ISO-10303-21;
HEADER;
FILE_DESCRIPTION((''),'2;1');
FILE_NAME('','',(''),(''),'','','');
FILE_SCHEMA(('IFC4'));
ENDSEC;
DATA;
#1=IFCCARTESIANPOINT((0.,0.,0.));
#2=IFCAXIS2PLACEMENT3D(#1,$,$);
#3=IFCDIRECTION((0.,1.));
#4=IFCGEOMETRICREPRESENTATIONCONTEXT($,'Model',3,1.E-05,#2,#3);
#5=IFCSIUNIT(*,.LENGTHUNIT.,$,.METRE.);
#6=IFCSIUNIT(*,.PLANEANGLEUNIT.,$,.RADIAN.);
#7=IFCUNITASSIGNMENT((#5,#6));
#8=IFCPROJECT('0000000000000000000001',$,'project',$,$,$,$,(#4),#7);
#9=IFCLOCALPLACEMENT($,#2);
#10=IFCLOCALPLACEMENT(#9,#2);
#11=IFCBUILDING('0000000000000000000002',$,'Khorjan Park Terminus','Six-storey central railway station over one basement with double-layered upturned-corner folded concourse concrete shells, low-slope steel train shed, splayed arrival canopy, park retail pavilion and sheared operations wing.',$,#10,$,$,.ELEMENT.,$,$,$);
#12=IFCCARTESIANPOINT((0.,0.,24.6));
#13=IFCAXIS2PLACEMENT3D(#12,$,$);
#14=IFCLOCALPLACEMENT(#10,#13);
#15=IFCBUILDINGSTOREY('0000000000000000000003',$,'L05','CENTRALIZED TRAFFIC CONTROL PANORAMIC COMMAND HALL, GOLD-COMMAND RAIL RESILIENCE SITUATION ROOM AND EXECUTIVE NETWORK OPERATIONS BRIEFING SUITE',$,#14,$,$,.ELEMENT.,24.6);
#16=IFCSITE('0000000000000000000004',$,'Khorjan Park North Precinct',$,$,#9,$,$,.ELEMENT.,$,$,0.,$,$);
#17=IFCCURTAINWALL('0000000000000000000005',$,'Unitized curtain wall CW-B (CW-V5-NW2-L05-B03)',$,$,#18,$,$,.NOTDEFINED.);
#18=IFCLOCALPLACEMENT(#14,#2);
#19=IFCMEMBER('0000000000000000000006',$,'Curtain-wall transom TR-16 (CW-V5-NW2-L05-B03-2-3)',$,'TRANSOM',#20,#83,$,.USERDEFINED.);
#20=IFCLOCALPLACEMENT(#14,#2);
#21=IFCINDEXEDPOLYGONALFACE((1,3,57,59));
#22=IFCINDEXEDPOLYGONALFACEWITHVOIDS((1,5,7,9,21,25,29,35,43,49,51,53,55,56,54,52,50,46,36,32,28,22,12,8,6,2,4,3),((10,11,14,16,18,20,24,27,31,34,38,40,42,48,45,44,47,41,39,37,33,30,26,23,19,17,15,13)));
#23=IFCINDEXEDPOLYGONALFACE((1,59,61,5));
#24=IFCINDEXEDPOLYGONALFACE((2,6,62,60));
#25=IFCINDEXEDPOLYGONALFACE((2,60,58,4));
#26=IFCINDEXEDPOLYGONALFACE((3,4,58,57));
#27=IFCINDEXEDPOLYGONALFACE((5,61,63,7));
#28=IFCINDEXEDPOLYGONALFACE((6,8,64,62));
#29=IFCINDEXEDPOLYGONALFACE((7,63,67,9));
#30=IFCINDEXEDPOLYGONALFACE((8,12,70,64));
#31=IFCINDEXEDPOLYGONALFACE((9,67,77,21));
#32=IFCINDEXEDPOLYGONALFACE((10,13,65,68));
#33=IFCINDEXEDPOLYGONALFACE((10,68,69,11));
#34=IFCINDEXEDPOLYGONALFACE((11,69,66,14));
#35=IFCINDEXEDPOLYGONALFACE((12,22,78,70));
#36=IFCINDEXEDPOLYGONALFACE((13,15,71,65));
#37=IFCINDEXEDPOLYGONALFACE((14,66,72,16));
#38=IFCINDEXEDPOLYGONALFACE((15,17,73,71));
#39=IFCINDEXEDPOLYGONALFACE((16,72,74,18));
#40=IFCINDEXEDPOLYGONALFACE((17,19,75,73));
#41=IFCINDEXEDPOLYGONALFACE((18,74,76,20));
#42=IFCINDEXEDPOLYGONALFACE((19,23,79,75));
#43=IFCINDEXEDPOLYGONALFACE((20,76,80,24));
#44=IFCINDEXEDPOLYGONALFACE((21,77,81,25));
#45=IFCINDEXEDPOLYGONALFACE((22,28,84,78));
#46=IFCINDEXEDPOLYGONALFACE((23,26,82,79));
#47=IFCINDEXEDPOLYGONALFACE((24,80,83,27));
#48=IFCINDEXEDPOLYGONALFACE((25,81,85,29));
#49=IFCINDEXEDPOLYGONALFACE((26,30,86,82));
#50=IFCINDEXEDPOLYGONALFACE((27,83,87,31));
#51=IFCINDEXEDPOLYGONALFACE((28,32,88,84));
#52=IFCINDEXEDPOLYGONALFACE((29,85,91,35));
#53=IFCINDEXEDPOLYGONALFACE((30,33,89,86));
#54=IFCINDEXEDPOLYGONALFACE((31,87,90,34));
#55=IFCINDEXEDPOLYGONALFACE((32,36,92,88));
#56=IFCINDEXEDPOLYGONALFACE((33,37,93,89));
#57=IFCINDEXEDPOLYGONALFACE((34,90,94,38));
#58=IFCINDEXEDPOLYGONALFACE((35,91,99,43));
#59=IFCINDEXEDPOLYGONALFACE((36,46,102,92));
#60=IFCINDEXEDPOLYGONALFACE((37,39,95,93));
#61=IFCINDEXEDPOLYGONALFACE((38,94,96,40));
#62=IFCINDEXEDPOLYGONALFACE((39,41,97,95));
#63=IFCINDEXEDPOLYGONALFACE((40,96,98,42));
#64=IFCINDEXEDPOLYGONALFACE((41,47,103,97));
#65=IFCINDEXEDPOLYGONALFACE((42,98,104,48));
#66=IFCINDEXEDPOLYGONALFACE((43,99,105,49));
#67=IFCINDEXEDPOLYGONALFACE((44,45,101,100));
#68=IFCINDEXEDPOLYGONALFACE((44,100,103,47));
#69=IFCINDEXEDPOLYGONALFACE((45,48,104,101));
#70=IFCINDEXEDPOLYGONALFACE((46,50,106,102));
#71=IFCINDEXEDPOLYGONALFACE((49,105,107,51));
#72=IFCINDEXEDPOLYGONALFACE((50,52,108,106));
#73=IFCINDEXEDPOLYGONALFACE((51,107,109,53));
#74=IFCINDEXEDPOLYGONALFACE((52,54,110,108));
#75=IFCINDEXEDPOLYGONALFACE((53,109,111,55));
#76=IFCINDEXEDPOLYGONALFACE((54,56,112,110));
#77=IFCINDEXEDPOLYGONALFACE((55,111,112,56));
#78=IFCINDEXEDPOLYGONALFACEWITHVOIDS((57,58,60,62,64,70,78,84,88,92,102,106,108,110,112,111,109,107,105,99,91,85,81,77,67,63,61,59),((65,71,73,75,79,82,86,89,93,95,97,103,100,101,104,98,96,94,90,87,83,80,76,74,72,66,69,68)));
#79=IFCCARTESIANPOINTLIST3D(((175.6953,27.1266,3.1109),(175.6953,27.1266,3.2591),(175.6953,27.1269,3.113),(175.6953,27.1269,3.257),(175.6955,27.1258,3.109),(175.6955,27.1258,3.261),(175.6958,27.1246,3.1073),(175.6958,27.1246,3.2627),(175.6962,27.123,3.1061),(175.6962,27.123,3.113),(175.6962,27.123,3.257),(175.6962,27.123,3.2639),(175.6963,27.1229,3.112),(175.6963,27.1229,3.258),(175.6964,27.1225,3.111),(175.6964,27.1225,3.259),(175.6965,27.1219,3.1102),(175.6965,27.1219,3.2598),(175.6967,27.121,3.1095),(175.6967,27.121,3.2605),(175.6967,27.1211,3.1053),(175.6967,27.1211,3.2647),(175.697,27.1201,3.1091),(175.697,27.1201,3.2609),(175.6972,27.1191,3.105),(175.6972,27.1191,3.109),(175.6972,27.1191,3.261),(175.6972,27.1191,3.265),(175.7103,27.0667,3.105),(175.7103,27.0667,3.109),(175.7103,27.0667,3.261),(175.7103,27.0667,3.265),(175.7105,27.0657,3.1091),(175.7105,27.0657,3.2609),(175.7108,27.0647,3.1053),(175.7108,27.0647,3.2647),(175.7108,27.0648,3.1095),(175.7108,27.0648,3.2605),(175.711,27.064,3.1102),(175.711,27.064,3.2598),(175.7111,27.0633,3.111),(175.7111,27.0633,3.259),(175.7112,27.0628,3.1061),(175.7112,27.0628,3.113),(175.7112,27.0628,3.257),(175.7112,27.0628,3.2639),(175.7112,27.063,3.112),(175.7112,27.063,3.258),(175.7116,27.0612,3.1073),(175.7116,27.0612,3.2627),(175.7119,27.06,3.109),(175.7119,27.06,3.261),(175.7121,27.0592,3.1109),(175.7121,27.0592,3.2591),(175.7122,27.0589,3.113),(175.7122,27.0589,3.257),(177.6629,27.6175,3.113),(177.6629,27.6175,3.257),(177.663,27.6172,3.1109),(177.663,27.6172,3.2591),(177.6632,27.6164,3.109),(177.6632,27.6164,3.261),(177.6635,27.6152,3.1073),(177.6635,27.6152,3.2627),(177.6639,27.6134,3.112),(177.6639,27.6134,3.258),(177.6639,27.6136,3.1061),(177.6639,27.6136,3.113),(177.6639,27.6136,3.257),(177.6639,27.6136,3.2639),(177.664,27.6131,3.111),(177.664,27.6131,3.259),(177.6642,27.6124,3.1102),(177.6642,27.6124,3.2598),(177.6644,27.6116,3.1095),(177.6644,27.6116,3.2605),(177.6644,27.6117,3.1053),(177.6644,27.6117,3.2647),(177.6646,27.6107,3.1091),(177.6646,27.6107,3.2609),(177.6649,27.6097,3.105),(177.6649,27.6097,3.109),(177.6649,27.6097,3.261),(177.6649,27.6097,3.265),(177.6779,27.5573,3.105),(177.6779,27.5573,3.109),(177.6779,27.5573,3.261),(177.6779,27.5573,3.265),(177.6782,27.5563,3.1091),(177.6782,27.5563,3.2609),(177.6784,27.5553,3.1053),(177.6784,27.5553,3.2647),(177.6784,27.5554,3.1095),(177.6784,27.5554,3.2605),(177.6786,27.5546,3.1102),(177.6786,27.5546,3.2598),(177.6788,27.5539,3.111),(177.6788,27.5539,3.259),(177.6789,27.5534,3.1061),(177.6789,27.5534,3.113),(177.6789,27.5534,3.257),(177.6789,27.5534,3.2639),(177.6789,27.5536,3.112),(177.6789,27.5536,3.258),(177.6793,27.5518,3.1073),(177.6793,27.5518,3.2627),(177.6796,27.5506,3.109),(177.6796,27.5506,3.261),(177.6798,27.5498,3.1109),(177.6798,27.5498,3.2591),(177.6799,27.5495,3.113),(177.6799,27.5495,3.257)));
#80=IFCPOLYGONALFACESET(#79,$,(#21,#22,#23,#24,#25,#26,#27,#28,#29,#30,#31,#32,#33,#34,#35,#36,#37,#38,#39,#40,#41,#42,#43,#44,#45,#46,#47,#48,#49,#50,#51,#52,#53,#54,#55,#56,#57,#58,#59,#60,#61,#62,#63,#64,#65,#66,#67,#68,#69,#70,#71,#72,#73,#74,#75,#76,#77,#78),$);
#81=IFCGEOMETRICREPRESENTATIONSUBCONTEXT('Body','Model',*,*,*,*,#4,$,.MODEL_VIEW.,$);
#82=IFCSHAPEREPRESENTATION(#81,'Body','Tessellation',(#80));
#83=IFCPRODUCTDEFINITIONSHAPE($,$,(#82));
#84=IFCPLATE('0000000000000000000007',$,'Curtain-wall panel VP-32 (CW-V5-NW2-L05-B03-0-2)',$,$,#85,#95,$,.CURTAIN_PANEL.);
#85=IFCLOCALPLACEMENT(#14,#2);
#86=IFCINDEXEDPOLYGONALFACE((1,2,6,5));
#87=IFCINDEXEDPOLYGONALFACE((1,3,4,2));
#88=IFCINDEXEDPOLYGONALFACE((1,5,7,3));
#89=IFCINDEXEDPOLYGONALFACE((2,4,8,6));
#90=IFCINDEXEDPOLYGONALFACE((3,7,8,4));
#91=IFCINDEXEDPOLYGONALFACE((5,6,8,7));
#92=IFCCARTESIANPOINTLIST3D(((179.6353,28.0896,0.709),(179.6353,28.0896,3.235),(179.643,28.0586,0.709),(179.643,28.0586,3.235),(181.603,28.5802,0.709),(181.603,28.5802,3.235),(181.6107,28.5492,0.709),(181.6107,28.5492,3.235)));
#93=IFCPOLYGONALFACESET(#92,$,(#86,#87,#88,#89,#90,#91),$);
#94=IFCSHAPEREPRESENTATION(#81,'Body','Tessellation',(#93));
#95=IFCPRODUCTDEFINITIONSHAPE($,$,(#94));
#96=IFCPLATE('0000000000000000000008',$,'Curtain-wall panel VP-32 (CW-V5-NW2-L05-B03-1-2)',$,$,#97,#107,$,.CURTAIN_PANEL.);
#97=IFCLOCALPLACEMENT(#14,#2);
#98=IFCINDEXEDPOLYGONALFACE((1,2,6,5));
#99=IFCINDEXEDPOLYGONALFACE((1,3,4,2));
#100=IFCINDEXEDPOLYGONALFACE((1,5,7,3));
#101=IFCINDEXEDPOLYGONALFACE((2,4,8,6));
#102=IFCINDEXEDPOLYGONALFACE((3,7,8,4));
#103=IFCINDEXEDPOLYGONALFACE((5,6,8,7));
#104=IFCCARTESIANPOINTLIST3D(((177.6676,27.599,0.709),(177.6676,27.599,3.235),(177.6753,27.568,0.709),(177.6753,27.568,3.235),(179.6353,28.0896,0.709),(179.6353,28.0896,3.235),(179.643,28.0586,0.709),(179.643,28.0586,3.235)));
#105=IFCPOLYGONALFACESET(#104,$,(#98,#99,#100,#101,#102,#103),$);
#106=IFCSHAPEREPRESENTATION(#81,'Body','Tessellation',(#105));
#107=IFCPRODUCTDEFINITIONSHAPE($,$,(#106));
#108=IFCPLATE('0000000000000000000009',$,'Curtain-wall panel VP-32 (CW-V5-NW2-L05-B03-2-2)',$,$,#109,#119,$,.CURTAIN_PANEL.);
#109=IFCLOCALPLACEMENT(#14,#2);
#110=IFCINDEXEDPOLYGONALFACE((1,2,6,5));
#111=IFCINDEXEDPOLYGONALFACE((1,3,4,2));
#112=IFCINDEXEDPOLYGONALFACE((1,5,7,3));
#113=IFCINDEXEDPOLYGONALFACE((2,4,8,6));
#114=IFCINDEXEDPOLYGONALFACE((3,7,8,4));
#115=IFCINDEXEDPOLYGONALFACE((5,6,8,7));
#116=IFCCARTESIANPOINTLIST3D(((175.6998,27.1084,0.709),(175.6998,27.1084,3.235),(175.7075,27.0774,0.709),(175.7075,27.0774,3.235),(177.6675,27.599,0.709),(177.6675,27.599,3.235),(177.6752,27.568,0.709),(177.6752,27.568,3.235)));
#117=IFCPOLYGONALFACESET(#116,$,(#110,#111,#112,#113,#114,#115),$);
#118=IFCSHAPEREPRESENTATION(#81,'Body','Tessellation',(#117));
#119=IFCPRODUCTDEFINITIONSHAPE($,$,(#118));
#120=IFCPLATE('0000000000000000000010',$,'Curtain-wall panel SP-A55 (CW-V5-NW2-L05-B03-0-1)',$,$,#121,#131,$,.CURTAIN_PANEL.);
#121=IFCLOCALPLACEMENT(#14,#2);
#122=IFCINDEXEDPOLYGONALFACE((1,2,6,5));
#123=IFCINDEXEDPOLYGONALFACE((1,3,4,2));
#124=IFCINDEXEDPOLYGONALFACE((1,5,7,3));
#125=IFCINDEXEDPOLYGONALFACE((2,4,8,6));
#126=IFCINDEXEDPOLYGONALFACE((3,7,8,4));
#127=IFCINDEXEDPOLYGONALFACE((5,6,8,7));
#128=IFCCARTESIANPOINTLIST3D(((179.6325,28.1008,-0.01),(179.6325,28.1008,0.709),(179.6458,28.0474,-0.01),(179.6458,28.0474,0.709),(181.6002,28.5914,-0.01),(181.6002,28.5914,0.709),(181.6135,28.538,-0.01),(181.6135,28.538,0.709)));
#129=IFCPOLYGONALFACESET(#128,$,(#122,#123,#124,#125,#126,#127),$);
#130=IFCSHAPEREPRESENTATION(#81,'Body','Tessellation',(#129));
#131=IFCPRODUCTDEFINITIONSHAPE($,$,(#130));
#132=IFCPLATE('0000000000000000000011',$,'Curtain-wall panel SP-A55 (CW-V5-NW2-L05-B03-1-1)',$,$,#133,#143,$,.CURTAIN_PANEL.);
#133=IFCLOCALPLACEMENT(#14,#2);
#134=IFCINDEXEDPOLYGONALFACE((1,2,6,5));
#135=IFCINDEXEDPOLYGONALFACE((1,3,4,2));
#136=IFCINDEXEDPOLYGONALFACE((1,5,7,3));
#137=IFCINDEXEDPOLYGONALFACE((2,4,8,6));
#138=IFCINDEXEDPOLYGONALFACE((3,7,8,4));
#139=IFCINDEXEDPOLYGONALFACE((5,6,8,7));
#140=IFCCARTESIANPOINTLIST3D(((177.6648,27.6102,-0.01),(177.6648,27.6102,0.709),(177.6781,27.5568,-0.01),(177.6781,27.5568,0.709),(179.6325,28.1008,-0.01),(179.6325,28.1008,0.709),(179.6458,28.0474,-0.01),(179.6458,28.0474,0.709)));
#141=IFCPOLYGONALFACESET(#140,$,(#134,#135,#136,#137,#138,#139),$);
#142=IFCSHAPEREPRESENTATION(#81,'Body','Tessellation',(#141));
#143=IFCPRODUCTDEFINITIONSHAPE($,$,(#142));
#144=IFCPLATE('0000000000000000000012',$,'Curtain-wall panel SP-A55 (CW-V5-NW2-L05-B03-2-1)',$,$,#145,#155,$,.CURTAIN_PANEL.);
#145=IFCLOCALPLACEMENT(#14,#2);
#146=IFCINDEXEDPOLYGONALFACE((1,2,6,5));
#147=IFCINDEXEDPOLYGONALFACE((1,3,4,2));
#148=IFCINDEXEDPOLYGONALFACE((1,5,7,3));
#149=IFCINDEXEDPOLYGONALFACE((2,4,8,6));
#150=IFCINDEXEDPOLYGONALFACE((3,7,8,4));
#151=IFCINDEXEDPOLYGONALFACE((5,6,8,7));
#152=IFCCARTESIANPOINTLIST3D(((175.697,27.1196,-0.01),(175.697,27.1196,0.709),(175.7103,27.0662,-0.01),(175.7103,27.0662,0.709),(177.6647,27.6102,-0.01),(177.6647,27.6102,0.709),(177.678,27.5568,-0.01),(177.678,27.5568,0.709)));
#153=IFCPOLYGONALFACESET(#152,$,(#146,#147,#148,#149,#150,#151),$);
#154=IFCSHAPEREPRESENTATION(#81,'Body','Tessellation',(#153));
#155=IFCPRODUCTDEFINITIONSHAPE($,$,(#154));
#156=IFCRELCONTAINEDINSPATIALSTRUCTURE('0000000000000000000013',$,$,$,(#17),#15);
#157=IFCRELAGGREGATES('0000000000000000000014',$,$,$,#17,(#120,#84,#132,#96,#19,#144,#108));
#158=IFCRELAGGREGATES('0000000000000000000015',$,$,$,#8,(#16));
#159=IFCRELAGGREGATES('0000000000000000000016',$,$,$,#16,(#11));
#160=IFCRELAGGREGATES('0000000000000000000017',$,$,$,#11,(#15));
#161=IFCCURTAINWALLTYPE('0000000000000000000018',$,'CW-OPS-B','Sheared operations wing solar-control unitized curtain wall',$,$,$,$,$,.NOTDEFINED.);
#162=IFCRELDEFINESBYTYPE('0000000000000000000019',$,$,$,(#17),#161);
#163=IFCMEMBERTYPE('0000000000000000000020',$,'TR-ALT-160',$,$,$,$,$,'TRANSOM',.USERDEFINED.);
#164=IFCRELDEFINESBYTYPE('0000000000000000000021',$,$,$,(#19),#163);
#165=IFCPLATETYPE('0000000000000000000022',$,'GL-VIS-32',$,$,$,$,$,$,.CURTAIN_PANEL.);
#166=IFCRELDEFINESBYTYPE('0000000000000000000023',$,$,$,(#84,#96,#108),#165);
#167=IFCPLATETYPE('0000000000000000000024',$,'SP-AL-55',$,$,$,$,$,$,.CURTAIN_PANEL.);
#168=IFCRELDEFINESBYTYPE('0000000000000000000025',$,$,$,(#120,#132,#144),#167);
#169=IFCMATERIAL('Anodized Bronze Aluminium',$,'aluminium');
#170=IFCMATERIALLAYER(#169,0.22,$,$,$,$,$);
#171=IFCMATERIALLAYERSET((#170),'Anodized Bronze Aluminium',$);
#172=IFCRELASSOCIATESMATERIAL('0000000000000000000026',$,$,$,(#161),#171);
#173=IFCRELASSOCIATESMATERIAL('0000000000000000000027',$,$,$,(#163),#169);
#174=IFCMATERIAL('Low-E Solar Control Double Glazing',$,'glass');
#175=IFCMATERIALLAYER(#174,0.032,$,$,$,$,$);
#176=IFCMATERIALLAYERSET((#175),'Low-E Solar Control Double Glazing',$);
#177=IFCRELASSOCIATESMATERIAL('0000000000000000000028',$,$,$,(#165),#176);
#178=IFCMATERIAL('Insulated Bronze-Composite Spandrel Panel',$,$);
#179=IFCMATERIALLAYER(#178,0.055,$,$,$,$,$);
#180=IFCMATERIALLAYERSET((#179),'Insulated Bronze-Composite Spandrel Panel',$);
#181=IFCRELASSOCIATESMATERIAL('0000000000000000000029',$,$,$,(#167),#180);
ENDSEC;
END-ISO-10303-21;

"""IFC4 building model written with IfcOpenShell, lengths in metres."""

from ifc_helpers import new_model, si_unit, direction, frame, origin, origin_2d, place, context, subcontext, project, spatial, rectangle, hollow_rectangle, extrude, material, layer, layer_set, material_profile, profile_set, type_object, element, aggregate, save


model = new_model("IFC4")

# Units and contexts
model_context = context("Model", 3, precision=1e-05, world=origin(), true_north=direction((0.0, 1.0)))
body_context = subcontext(model_context, "Body", "Model", "MODEL_VIEW")
ifc_project = project(units=[si_unit("LENGTHUNIT", "METRE"), si_unit("PLANEANGLEUNIT", "RADIAN")], contexts=[model_context])

# Site, building, storey
site_placement = place(None, origin())
site = spatial("IfcSite", under=ifc_project, at=site_placement, Name="Khorjan Park North Precinct", CompositionType="ELEMENT", RefElevation=0.0)
building_placement = place(site_placement, origin())
building = spatial("IfcBuilding", under=site, at=building_placement, Name="Khorjan Park Terminus", Description="Six-storey central railway station over one basement with double-layered upturned-corner folded concourse concrete shells, low-slope steel train shed, splayed arrival canopy, park retail pavilion and sheared operations wing.", CompositionType="ELEMENT")
storey_placement = place(building_placement, frame((0.0, 0.0, 24.6)))
storey = spatial("IfcBuildingStorey", under=building, at=storey_placement, Name="L05", Description="CENTRALIZED TRAFFIC CONTROL PANORAMIC COMMAND HALL, GOLD-COMMAND RAIL RESILIENCE SITUATION ROOM AND EXECUTIVE NETWORK OPERATIONS BRIEFING SUITE", CompositionType="ELEMENT", Elevation=24.6)

# Curtain wall, member, plates
ifc_material_1 = material(Name="Anodized Bronze Aluminium", Category="aluminium")
ifc_layer_1 = layer(ifc_material_1, 0.22)
ifc_layer_set_1 = layer_set([ifc_layer_1], Name="Anodized Bronze Aluminium")
curtain_wall_type = type_object("IfcCurtainWallType", Name="CW-OPS-B", Description="Sheared operations wing solar-control unitized curtain wall", PredefinedType="NOTDEFINED", material=ifc_layer_set_1)
curtain_wall_placement = place(storey_placement, origin())
curtain_wall = element("IfcCurtainWall", 1, at=curtain_wall_placement, inside=storey, type_object=curtain_wall_type, Name="Unitized curtain wall CW-B (CW-V5-NW2-L05-B03)", PredefinedType="NOTDEFINED")
ifc_material_profile_1 = material_profile(ifc_material_1, hollow_rectangle(XDim=0.07, YDim=0.16, WallThickness=0.004, InnerFilletRadius=0.004, OuterFilletRadius=0.008, at=origin_2d()), Name="ALT 70x160x4")
ifc_profile_set_1 = profile_set([ifc_material_profile_1], Name="Anodized Bronze Aluminium")
member_type_1 = type_object("IfcMemberType", Name="TR-ALT-160", ElementType="TRANSOM", PredefinedType="USERDEFINED", material=ifc_profile_set_1)
member_1_placement = place(storey_placement, frame((177.6714, 27.5835, 3.185), z_axis=(-0.970296, -0.241921, 0.0), x_axis=(0.241921, -0.970296, 0.0)))
member_1 = element("IfcMember", 2, at=member_1_placement, type_object=member_type_1, Name="Curtain-wall transom TR-16 (CW-V5-NW2-L05-B03-2-3)", ObjectType="TRANSOM", PredefinedType="USERDEFINED", context=body_context, shape_type="SweptSolid", body=[
    extrude(hollow_rectangle(XDim=0.07, YDim=0.16, WallThickness=0.004, InnerFilletRadius=0.004, OuterFilletRadius=0.008, at=origin_2d()), origin(), (0.0, 0.0, 1.0), 2.0279),
])
ifc_material_2 = material(Name="Low-E Solar Control Double Glazing", Category="glass")
ifc_layer_2 = layer(ifc_material_2, 0.032)
ifc_layer_set_2 = layer_set([ifc_layer_2], Name="Low-E Solar Control Double Glazing")
plate_type_1 = type_object("IfcPlateType", Name="GL-VIS-32", PredefinedType="CURTAIN_PANEL", material=ifc_layer_set_2)
plate_1_placement = place(storey_placement, frame((180.623, 28.3194, 0.709), z_axis=(0.0, 0.0, 1.0), x_axis=(-0.970296, -0.241921, 0.0)))
plate_1 = element("IfcPlate", 3, at=plate_1_placement, type_object=plate_type_1, Name="Curtain-wall panel VP-32 (CW-V5-NW2-L05-B03-0-2)", PredefinedType="CURTAIN_PANEL", context=body_context, shape_type="SweptSolid", body=[
    extrude(rectangle(XDim=2.0279, YDim=0.032, at=origin_2d()), origin(), (0.0, 0.0, 1.0), 2.526),
])
plate_2_placement = place(storey_placement, frame((178.6553, 27.8288, 0.709), z_axis=(0.0, 0.0, 1.0), x_axis=(-0.970296, -0.241921, 0.0)))
plate_2 = element("IfcPlate", 4, at=plate_2_placement, type_object=plate_type_1, Name="Curtain-wall panel VP-32 (CW-V5-NW2-L05-B03-1-2)", PredefinedType="CURTAIN_PANEL", context=body_context, shape_type="SweptSolid", body=[
    extrude(rectangle(XDim=2.0279, YDim=0.032, at=origin_2d()), origin(), (0.0, 0.0, 1.0), 2.526),
])
plate_3_placement = place(storey_placement, frame((176.6875, 27.3382, 0.709), z_axis=(0.0, 0.0, 1.0), x_axis=(-0.970296, -0.241921, 0.0)))
plate_3 = element("IfcPlate", 5, at=plate_3_placement, type_object=plate_type_1, Name="Curtain-wall panel VP-32 (CW-V5-NW2-L05-B03-2-2)", PredefinedType="CURTAIN_PANEL", context=body_context, shape_type="SweptSolid", body=[
    extrude(rectangle(XDim=2.0279, YDim=0.032, at=origin_2d()), origin(), (0.0, 0.0, 1.0), 2.526),
])
ifc_material_3 = material(Name="Insulated Bronze-Composite Spandrel Panel")
ifc_layer_3 = layer(ifc_material_3, 0.055)
ifc_layer_set_3 = layer_set([ifc_layer_3], Name="Insulated Bronze-Composite Spandrel Panel")
plate_type_2 = type_object("IfcPlateType", Name="SP-AL-55", PredefinedType="CURTAIN_PANEL", material=ifc_layer_set_3)
plate_4_placement = place(storey_placement, frame((180.623, 28.3194, -0.01), z_axis=(0.0, 0.0, 1.0), x_axis=(-0.970296, -0.241921, 0.0)))
plate_4 = element("IfcPlate", 6, at=plate_4_placement, type_object=plate_type_2, Name="Curtain-wall panel SP-A55 (CW-V5-NW2-L05-B03-0-1)", PredefinedType="CURTAIN_PANEL", context=body_context, shape_type="SweptSolid", body=[
    extrude(rectangle(XDim=2.0279, YDim=0.055, at=origin_2d()), origin(), (0.0, 0.0, 1.0), 0.719),
])
plate_5_placement = place(storey_placement, frame((178.6553, 27.8288, -0.01), z_axis=(0.0, 0.0, 1.0), x_axis=(-0.970296, -0.241921, 0.0)))
plate_5 = element("IfcPlate", 7, at=plate_5_placement, type_object=plate_type_2, Name="Curtain-wall panel SP-A55 (CW-V5-NW2-L05-B03-1-1)", PredefinedType="CURTAIN_PANEL", context=body_context, shape_type="SweptSolid", body=[
    extrude(rectangle(XDim=2.0279, YDim=0.055, at=origin_2d()), origin(), (0.0, 0.0, 1.0), 0.719),
])
plate_6_placement = place(storey_placement, frame((176.6875, 27.3382, -0.01), z_axis=(0.0, 0.0, 1.0), x_axis=(-0.970296, -0.241921, 0.0)))
plate_6 = element("IfcPlate", 8, at=plate_6_placement, type_object=plate_type_2, Name="Curtain-wall panel SP-A55 (CW-V5-NW2-L05-B03-2-1)", PredefinedType="CURTAIN_PANEL", context=body_context, shape_type="SweptSolid", body=[
    extrude(rectangle(XDim=2.0279, YDim=0.055, at=origin_2d()), origin(), (0.0, 0.0, 1.0), 0.719),
])
aggregate(curtain_wall, [plate_4, plate_1, plate_5, plate_2, member_1, plate_6, plate_3])

save(model, "model.ifc")
